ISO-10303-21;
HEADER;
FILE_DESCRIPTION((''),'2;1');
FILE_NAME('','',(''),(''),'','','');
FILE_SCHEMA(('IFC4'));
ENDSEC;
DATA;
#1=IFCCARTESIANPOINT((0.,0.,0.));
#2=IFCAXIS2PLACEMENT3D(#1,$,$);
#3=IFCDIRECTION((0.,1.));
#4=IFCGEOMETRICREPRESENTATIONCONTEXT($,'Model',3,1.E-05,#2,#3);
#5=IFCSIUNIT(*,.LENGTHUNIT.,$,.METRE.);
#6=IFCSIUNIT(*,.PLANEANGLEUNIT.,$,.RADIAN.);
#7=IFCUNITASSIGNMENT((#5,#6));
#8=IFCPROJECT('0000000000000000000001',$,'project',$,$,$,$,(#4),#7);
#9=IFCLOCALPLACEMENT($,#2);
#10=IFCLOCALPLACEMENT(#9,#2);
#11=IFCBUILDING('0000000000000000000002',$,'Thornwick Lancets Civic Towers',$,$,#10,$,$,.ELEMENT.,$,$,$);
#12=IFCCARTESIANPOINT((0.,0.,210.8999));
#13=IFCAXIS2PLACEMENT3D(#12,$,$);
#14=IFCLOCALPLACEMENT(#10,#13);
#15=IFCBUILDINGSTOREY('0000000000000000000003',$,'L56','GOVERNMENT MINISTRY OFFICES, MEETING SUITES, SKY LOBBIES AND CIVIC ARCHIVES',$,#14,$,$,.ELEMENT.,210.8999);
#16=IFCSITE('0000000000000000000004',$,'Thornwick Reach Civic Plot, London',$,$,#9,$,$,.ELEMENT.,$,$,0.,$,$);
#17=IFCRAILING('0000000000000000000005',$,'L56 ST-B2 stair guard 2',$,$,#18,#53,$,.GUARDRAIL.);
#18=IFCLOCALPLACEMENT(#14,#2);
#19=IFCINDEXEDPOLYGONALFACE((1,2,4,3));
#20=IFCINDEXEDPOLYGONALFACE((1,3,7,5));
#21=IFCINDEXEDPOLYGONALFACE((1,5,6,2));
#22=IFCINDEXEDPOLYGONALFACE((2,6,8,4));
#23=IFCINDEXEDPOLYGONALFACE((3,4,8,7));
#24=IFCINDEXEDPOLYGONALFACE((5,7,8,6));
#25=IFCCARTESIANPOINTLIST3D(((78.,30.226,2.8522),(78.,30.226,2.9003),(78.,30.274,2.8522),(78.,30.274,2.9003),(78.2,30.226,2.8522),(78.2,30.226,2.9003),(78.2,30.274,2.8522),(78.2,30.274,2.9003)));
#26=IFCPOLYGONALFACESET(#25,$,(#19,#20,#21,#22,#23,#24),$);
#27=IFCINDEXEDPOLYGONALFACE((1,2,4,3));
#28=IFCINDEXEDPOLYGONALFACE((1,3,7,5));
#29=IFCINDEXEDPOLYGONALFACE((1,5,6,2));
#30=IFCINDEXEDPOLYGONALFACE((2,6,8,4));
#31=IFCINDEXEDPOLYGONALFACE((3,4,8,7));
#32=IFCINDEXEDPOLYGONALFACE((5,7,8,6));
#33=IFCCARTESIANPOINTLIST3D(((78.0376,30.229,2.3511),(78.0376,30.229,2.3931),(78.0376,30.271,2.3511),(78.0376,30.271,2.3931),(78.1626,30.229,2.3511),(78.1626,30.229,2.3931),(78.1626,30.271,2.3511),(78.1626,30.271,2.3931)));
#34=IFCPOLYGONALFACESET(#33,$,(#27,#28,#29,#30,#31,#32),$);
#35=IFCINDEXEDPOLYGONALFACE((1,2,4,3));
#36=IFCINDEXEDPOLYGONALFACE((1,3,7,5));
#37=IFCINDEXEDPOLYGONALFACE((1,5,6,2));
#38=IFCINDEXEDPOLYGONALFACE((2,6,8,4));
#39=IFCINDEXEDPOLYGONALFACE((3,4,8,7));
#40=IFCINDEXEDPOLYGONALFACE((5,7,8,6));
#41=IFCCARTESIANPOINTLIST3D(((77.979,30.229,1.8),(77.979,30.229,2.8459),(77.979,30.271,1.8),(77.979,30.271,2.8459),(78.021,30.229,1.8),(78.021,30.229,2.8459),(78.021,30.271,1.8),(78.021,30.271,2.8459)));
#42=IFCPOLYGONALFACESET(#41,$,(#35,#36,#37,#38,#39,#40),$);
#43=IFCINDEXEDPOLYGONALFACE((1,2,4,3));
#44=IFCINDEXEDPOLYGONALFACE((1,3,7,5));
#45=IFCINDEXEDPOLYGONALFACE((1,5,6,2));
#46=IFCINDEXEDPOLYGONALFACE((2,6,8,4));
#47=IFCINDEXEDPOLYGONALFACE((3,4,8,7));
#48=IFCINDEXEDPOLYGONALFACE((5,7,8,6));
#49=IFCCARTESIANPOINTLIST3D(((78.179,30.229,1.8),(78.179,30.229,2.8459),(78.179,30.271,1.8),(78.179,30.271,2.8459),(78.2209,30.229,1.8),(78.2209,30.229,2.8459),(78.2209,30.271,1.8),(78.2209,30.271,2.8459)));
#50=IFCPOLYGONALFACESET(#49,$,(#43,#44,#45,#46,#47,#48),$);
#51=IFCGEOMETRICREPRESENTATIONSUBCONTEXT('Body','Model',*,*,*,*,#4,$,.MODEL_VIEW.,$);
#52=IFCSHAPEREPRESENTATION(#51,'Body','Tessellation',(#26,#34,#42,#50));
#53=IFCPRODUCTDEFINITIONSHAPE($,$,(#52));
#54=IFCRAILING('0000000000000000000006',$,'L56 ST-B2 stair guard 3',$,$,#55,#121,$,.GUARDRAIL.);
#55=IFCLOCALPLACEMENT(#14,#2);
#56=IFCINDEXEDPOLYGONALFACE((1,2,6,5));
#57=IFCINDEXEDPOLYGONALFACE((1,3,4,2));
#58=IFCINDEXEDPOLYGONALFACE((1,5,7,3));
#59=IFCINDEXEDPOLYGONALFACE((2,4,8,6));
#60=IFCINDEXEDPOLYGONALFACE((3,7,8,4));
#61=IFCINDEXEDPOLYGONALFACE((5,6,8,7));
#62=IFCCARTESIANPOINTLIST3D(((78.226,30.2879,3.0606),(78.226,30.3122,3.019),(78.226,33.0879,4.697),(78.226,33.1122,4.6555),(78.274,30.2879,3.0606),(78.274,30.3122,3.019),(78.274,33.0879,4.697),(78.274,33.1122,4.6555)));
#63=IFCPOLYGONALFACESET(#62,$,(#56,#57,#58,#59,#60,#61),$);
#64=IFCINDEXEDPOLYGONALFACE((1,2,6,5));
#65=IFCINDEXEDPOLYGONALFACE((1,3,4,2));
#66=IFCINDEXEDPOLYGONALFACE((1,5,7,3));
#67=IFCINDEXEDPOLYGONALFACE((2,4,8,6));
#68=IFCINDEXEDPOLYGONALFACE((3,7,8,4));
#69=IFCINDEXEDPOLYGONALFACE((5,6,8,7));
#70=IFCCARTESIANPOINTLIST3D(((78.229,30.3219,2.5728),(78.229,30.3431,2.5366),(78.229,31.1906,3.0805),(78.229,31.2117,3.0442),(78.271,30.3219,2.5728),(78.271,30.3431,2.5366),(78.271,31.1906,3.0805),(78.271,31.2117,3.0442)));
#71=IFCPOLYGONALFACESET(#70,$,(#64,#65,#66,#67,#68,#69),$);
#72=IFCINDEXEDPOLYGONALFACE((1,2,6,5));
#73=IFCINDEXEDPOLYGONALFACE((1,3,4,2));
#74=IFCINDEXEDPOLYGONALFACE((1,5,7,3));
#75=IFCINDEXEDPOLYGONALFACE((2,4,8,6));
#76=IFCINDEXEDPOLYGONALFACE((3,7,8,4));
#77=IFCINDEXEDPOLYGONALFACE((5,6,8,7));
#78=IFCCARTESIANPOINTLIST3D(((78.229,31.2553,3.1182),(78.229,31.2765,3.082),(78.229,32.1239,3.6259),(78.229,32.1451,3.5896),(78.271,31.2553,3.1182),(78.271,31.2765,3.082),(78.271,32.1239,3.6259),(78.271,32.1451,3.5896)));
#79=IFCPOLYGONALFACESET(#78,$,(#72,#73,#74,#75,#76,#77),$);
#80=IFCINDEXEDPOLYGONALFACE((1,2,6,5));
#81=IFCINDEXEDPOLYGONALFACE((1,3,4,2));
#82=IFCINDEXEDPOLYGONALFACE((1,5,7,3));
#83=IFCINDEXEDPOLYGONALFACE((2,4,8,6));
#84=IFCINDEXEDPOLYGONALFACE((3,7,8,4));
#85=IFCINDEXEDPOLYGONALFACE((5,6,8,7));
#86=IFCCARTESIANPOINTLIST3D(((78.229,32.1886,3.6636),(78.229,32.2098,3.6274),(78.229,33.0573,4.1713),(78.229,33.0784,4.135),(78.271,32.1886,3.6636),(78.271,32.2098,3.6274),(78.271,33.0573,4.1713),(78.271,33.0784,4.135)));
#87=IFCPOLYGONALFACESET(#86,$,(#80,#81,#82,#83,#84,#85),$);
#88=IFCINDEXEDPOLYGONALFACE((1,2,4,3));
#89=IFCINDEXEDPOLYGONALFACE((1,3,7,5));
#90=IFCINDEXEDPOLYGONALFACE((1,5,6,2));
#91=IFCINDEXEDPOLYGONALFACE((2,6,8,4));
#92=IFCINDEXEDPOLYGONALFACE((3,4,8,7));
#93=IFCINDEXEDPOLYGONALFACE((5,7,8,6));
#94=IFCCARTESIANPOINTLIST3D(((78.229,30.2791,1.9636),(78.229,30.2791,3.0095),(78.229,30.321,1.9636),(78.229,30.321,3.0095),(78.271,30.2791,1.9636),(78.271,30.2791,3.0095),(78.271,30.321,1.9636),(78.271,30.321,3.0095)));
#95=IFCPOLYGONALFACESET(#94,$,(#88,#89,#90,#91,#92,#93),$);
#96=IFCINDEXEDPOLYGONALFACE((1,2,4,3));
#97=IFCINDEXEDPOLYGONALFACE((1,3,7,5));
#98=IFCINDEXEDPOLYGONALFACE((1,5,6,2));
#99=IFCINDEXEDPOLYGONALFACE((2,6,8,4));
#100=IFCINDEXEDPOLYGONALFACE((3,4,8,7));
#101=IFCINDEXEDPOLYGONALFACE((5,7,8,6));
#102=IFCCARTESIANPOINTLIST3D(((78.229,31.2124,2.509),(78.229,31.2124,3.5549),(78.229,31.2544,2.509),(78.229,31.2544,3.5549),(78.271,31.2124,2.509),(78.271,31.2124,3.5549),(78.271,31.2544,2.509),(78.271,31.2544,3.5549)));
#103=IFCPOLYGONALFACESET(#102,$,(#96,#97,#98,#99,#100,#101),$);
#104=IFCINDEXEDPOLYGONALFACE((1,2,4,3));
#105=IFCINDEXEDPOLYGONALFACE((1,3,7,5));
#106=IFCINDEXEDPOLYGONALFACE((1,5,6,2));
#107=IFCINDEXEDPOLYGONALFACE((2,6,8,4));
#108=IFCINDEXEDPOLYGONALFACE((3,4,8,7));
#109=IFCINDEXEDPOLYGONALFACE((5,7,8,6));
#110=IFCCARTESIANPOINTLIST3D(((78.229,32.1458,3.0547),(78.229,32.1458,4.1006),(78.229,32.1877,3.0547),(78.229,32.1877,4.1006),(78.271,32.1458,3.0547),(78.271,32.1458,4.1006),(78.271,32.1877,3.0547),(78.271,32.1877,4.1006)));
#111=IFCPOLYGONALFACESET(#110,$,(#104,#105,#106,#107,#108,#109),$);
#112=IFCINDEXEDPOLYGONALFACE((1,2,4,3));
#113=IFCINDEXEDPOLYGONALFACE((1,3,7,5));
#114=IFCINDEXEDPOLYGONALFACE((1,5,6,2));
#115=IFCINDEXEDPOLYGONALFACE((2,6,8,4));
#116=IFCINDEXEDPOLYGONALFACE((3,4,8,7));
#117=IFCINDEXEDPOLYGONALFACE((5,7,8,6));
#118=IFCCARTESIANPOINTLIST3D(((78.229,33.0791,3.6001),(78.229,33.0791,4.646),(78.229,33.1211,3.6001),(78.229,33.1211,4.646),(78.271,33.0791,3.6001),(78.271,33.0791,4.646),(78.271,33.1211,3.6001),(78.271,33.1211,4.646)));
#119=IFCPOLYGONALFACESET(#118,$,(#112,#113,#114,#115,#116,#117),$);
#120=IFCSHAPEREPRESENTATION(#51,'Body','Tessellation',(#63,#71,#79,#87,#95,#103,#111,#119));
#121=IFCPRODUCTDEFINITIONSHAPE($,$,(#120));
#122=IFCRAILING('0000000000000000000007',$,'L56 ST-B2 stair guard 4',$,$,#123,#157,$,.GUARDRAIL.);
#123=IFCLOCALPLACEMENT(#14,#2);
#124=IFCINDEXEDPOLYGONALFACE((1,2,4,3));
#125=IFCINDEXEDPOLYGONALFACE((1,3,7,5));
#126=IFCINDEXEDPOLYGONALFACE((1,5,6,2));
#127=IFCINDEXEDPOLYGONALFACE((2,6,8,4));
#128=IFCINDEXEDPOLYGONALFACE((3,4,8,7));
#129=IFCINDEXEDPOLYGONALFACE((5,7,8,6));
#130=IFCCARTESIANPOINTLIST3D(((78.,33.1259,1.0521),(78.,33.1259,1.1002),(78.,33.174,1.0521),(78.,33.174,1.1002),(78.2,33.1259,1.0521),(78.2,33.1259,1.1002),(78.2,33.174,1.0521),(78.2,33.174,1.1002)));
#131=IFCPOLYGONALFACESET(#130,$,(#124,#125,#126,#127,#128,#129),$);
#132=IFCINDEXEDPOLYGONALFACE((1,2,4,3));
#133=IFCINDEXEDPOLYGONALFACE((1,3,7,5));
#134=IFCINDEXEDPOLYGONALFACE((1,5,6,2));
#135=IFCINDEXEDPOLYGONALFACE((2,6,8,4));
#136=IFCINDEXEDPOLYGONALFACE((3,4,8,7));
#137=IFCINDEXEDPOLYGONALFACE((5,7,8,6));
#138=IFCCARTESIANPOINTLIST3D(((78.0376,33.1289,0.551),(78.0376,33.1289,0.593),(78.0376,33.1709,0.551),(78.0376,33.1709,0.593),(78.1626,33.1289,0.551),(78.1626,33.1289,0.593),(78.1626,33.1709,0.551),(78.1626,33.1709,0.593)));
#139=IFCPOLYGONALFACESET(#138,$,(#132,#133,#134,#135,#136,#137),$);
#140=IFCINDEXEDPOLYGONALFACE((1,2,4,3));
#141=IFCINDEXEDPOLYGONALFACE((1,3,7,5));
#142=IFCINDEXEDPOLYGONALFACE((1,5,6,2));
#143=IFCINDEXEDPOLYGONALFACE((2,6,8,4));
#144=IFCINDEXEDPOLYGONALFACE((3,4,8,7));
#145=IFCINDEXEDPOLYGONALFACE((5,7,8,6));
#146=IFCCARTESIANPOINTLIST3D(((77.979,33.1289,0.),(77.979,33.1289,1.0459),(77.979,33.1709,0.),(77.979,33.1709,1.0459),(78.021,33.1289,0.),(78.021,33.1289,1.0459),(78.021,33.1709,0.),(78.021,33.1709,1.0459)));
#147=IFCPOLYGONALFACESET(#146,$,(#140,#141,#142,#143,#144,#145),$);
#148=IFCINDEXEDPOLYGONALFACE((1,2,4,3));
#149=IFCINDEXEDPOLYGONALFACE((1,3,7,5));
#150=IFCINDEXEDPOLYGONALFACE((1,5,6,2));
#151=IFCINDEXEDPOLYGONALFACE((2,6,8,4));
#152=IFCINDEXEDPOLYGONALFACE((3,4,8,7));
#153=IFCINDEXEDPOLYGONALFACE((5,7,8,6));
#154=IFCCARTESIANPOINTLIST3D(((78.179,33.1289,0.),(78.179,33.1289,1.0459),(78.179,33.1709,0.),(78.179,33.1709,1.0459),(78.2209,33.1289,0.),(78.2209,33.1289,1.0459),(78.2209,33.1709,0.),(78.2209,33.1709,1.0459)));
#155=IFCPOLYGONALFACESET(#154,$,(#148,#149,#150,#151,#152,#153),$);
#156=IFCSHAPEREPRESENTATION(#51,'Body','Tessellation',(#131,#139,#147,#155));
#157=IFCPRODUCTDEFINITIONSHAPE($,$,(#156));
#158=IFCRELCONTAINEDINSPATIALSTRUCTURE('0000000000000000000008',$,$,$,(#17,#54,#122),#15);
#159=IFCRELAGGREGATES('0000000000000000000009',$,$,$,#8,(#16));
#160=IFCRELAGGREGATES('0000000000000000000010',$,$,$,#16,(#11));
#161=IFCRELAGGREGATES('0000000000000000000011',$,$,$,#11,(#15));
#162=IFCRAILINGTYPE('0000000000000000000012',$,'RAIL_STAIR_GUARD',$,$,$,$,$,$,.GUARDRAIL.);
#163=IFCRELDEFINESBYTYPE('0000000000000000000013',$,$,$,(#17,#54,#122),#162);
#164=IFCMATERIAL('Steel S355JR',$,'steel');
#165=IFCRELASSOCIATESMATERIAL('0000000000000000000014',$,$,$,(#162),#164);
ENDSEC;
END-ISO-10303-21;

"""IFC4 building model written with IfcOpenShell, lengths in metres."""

from ifc_helpers import new_model, si_unit, direction, frame, origin, origin_2d, place, context, subcontext, project, spatial, rectangle, extrude, material, type_object, element, save


model = new_model("IFC4")

# Units and contexts
model_context = context("Model", 3, precision=1e-05, world=origin(), true_north=direction((0.0, 1.0)))
body_context = subcontext(model_context, "Body", "Model", "MODEL_VIEW")
ifc_project = project(units=[si_unit("LENGTHUNIT", "METRE"), si_unit("PLANEANGLEUNIT", "RADIAN")], contexts=[model_context])

# Site, building, storey
site_placement = place(None, origin())
site = spatial("IfcSite", under=ifc_project, at=site_placement, Name="Thornwick Reach Civic Plot, London", CompositionType="ELEMENT", RefElevation=0.0)
building_placement = place(site_placement, origin())
building = spatial("IfcBuilding", under=site, at=building_placement, Name="Thornwick Lancets Civic Towers", CompositionType="ELEMENT")
storey_placement = place(building_placement, frame((0.0, 0.0, 210.8999)))
storey = spatial("IfcBuildingStorey", under=building, at=storey_placement, Name="L56", Description="GOVERNMENT MINISTRY OFFICES, MEETING SUITES, SKY LOBBIES AND CIVIC ARCHIVES", CompositionType="ELEMENT", Elevation=210.8999)

# Railings
ifc_material_1 = material(Name="Steel S355JR", Category="steel")
railing_type_1 = type_object("IfcRailingType", Name="RAIL_STAIR_GUARD", PredefinedType="GUARDRAIL", material=ifc_material_1)
railing_1_placement = place(storey_placement, frame((78.0, 30.25, 1.8)))
element("IfcRailing", 1, at=railing_1_placement, inside=storey, type_object=railing_type_1, Name="L56 ST-B2 stair guard 2", PredefinedType="GUARDRAIL", context=body_context, shape_type="SweptSolid", body=[
    extrude(rectangle(XDim=0.0481, YDim=0.0481, at=origin_2d()), frame((0.0, 0.0, 1.0762), z_axis=(1.0, 0.0, 0.0), x_axis=(0.0, 1.0, 0.0)), (0.0, 0.0, 1.0), 0.2),
    extrude(rectangle(XDim=0.042, YDim=0.042, at=origin_2d()), frame((0.0376, 0.0, 0.572), z_axis=(1.0, 0.0, 0.0), x_axis=(0.0, 1.0, 0.0)), (0.0, 0.0, 1.0), 0.125),
    extrude(rectangle(XDim=0.042, YDim=0.042, at=origin_2d()), origin(), (0.0, 0.0, 1.0), 1.0459),
    extrude(rectangle(XDim=0.042, YDim=0.042, at=origin_2d()), frame((0.2, 0.0, 0.0)), (0.0, 0.0, 1.0), 1.0459),
])
railing_2_placement = place(storey_placement, frame((78.25, 30.3, 1.9636)))
element("IfcRailing", 2, at=railing_2_placement, inside=storey, type_object=railing_type_1, Name="L56 ST-B2 stair guard 3", PredefinedType="GUARDRAIL", context=body_context, shape_type="SweptSolid", body=[
    extrude(rectangle(XDim=0.0481, YDim=0.0481, at=origin_2d()), frame((0.0, 0.0, 1.0762), z_axis=(0.0, 0.863361, 0.504587), x_axis=(-1.0, 0.0, 0.0)), (0.0, 0.0, 1.0), 3.2432),
    extrude(rectangle(XDim=0.042, YDim=0.042, at=origin_2d()), frame((0.0, 0.0325, 0.5911), z_axis=(0.0, 0.863361, 0.504587), x_axis=(-1.0, 0.0, 0.0)), (0.0, 0.0, 1.0), 1.0061),
    extrude(rectangle(XDim=0.042, YDim=0.042, at=origin_2d()), frame((0.0, 0.9658, 1.1365), z_axis=(0.0, 0.863361, 0.504587), x_axis=(-1.0, 0.0, 0.0)), (0.0, 0.0, 1.0), 1.0061),
    extrude(rectangle(XDim=0.042, YDim=0.042, at=origin_2d()), frame((0.0, 1.8992, 1.6819), z_axis=(0.0, 0.863361, 0.504587), x_axis=(-1.0, 0.0, 0.0)), (0.0, 0.0, 1.0), 1.0061),
    extrude(rectangle(XDim=0.042, YDim=0.042, at=origin_2d()), origin(), (0.0, 0.0, 1.0), 1.0459),
    extrude(rectangle(XDim=0.042, YDim=0.042, at=origin_2d()), frame((0.0, 0.9333, 0.5454)), (0.0, 0.0, 1.0), 1.0459),
    extrude(rectangle(XDim=0.042, YDim=0.042, at=origin_2d()), frame((0.0, 1.8667, 1.0911)), (0.0, 0.0, 1.0), 1.0459),
    extrude(rectangle(XDim=0.042, YDim=0.042, at=origin_2d()), frame((0.0, 2.8, 1.6365)), (0.0, 0.0, 1.0), 1.0459),
])
railing_3_placement = place(storey_placement, frame((78.0, 33.1499, 0.0)))
element("IfcRailing", 3, at=railing_3_placement, inside=storey, type_object=railing_type_1, Name="L56 ST-B2 stair guard 4", PredefinedType="GUARDRAIL", context=body_context, shape_type="SweptSolid", body=[
    extrude(rectangle(XDim=0.0481, YDim=0.0481, at=origin_2d()), frame((0.0, 0.0, 1.0762), z_axis=(1.0, 0.0, 0.0), x_axis=(0.0, 1.0, 0.0)), (0.0, 0.0, 1.0), 0.2),
    extrude(rectangle(XDim=0.042, YDim=0.042, at=origin_2d()), frame((0.0376, 0.0, 0.572), z_axis=(1.0, 0.0, 0.0), x_axis=(0.0, 1.0, 0.0)), (0.0, 0.0, 1.0), 0.125),
    extrude(rectangle(XDim=0.042, YDim=0.042, at=origin_2d()), origin(), (0.0, 0.0, 1.0), 1.0459),
    extrude(rectangle(XDim=0.042, YDim=0.042, at=origin_2d()), frame((0.2, 0.0, 0.0)), (0.0, 0.0, 1.0), 1.0459),
])

save(model, "model.ifc")
